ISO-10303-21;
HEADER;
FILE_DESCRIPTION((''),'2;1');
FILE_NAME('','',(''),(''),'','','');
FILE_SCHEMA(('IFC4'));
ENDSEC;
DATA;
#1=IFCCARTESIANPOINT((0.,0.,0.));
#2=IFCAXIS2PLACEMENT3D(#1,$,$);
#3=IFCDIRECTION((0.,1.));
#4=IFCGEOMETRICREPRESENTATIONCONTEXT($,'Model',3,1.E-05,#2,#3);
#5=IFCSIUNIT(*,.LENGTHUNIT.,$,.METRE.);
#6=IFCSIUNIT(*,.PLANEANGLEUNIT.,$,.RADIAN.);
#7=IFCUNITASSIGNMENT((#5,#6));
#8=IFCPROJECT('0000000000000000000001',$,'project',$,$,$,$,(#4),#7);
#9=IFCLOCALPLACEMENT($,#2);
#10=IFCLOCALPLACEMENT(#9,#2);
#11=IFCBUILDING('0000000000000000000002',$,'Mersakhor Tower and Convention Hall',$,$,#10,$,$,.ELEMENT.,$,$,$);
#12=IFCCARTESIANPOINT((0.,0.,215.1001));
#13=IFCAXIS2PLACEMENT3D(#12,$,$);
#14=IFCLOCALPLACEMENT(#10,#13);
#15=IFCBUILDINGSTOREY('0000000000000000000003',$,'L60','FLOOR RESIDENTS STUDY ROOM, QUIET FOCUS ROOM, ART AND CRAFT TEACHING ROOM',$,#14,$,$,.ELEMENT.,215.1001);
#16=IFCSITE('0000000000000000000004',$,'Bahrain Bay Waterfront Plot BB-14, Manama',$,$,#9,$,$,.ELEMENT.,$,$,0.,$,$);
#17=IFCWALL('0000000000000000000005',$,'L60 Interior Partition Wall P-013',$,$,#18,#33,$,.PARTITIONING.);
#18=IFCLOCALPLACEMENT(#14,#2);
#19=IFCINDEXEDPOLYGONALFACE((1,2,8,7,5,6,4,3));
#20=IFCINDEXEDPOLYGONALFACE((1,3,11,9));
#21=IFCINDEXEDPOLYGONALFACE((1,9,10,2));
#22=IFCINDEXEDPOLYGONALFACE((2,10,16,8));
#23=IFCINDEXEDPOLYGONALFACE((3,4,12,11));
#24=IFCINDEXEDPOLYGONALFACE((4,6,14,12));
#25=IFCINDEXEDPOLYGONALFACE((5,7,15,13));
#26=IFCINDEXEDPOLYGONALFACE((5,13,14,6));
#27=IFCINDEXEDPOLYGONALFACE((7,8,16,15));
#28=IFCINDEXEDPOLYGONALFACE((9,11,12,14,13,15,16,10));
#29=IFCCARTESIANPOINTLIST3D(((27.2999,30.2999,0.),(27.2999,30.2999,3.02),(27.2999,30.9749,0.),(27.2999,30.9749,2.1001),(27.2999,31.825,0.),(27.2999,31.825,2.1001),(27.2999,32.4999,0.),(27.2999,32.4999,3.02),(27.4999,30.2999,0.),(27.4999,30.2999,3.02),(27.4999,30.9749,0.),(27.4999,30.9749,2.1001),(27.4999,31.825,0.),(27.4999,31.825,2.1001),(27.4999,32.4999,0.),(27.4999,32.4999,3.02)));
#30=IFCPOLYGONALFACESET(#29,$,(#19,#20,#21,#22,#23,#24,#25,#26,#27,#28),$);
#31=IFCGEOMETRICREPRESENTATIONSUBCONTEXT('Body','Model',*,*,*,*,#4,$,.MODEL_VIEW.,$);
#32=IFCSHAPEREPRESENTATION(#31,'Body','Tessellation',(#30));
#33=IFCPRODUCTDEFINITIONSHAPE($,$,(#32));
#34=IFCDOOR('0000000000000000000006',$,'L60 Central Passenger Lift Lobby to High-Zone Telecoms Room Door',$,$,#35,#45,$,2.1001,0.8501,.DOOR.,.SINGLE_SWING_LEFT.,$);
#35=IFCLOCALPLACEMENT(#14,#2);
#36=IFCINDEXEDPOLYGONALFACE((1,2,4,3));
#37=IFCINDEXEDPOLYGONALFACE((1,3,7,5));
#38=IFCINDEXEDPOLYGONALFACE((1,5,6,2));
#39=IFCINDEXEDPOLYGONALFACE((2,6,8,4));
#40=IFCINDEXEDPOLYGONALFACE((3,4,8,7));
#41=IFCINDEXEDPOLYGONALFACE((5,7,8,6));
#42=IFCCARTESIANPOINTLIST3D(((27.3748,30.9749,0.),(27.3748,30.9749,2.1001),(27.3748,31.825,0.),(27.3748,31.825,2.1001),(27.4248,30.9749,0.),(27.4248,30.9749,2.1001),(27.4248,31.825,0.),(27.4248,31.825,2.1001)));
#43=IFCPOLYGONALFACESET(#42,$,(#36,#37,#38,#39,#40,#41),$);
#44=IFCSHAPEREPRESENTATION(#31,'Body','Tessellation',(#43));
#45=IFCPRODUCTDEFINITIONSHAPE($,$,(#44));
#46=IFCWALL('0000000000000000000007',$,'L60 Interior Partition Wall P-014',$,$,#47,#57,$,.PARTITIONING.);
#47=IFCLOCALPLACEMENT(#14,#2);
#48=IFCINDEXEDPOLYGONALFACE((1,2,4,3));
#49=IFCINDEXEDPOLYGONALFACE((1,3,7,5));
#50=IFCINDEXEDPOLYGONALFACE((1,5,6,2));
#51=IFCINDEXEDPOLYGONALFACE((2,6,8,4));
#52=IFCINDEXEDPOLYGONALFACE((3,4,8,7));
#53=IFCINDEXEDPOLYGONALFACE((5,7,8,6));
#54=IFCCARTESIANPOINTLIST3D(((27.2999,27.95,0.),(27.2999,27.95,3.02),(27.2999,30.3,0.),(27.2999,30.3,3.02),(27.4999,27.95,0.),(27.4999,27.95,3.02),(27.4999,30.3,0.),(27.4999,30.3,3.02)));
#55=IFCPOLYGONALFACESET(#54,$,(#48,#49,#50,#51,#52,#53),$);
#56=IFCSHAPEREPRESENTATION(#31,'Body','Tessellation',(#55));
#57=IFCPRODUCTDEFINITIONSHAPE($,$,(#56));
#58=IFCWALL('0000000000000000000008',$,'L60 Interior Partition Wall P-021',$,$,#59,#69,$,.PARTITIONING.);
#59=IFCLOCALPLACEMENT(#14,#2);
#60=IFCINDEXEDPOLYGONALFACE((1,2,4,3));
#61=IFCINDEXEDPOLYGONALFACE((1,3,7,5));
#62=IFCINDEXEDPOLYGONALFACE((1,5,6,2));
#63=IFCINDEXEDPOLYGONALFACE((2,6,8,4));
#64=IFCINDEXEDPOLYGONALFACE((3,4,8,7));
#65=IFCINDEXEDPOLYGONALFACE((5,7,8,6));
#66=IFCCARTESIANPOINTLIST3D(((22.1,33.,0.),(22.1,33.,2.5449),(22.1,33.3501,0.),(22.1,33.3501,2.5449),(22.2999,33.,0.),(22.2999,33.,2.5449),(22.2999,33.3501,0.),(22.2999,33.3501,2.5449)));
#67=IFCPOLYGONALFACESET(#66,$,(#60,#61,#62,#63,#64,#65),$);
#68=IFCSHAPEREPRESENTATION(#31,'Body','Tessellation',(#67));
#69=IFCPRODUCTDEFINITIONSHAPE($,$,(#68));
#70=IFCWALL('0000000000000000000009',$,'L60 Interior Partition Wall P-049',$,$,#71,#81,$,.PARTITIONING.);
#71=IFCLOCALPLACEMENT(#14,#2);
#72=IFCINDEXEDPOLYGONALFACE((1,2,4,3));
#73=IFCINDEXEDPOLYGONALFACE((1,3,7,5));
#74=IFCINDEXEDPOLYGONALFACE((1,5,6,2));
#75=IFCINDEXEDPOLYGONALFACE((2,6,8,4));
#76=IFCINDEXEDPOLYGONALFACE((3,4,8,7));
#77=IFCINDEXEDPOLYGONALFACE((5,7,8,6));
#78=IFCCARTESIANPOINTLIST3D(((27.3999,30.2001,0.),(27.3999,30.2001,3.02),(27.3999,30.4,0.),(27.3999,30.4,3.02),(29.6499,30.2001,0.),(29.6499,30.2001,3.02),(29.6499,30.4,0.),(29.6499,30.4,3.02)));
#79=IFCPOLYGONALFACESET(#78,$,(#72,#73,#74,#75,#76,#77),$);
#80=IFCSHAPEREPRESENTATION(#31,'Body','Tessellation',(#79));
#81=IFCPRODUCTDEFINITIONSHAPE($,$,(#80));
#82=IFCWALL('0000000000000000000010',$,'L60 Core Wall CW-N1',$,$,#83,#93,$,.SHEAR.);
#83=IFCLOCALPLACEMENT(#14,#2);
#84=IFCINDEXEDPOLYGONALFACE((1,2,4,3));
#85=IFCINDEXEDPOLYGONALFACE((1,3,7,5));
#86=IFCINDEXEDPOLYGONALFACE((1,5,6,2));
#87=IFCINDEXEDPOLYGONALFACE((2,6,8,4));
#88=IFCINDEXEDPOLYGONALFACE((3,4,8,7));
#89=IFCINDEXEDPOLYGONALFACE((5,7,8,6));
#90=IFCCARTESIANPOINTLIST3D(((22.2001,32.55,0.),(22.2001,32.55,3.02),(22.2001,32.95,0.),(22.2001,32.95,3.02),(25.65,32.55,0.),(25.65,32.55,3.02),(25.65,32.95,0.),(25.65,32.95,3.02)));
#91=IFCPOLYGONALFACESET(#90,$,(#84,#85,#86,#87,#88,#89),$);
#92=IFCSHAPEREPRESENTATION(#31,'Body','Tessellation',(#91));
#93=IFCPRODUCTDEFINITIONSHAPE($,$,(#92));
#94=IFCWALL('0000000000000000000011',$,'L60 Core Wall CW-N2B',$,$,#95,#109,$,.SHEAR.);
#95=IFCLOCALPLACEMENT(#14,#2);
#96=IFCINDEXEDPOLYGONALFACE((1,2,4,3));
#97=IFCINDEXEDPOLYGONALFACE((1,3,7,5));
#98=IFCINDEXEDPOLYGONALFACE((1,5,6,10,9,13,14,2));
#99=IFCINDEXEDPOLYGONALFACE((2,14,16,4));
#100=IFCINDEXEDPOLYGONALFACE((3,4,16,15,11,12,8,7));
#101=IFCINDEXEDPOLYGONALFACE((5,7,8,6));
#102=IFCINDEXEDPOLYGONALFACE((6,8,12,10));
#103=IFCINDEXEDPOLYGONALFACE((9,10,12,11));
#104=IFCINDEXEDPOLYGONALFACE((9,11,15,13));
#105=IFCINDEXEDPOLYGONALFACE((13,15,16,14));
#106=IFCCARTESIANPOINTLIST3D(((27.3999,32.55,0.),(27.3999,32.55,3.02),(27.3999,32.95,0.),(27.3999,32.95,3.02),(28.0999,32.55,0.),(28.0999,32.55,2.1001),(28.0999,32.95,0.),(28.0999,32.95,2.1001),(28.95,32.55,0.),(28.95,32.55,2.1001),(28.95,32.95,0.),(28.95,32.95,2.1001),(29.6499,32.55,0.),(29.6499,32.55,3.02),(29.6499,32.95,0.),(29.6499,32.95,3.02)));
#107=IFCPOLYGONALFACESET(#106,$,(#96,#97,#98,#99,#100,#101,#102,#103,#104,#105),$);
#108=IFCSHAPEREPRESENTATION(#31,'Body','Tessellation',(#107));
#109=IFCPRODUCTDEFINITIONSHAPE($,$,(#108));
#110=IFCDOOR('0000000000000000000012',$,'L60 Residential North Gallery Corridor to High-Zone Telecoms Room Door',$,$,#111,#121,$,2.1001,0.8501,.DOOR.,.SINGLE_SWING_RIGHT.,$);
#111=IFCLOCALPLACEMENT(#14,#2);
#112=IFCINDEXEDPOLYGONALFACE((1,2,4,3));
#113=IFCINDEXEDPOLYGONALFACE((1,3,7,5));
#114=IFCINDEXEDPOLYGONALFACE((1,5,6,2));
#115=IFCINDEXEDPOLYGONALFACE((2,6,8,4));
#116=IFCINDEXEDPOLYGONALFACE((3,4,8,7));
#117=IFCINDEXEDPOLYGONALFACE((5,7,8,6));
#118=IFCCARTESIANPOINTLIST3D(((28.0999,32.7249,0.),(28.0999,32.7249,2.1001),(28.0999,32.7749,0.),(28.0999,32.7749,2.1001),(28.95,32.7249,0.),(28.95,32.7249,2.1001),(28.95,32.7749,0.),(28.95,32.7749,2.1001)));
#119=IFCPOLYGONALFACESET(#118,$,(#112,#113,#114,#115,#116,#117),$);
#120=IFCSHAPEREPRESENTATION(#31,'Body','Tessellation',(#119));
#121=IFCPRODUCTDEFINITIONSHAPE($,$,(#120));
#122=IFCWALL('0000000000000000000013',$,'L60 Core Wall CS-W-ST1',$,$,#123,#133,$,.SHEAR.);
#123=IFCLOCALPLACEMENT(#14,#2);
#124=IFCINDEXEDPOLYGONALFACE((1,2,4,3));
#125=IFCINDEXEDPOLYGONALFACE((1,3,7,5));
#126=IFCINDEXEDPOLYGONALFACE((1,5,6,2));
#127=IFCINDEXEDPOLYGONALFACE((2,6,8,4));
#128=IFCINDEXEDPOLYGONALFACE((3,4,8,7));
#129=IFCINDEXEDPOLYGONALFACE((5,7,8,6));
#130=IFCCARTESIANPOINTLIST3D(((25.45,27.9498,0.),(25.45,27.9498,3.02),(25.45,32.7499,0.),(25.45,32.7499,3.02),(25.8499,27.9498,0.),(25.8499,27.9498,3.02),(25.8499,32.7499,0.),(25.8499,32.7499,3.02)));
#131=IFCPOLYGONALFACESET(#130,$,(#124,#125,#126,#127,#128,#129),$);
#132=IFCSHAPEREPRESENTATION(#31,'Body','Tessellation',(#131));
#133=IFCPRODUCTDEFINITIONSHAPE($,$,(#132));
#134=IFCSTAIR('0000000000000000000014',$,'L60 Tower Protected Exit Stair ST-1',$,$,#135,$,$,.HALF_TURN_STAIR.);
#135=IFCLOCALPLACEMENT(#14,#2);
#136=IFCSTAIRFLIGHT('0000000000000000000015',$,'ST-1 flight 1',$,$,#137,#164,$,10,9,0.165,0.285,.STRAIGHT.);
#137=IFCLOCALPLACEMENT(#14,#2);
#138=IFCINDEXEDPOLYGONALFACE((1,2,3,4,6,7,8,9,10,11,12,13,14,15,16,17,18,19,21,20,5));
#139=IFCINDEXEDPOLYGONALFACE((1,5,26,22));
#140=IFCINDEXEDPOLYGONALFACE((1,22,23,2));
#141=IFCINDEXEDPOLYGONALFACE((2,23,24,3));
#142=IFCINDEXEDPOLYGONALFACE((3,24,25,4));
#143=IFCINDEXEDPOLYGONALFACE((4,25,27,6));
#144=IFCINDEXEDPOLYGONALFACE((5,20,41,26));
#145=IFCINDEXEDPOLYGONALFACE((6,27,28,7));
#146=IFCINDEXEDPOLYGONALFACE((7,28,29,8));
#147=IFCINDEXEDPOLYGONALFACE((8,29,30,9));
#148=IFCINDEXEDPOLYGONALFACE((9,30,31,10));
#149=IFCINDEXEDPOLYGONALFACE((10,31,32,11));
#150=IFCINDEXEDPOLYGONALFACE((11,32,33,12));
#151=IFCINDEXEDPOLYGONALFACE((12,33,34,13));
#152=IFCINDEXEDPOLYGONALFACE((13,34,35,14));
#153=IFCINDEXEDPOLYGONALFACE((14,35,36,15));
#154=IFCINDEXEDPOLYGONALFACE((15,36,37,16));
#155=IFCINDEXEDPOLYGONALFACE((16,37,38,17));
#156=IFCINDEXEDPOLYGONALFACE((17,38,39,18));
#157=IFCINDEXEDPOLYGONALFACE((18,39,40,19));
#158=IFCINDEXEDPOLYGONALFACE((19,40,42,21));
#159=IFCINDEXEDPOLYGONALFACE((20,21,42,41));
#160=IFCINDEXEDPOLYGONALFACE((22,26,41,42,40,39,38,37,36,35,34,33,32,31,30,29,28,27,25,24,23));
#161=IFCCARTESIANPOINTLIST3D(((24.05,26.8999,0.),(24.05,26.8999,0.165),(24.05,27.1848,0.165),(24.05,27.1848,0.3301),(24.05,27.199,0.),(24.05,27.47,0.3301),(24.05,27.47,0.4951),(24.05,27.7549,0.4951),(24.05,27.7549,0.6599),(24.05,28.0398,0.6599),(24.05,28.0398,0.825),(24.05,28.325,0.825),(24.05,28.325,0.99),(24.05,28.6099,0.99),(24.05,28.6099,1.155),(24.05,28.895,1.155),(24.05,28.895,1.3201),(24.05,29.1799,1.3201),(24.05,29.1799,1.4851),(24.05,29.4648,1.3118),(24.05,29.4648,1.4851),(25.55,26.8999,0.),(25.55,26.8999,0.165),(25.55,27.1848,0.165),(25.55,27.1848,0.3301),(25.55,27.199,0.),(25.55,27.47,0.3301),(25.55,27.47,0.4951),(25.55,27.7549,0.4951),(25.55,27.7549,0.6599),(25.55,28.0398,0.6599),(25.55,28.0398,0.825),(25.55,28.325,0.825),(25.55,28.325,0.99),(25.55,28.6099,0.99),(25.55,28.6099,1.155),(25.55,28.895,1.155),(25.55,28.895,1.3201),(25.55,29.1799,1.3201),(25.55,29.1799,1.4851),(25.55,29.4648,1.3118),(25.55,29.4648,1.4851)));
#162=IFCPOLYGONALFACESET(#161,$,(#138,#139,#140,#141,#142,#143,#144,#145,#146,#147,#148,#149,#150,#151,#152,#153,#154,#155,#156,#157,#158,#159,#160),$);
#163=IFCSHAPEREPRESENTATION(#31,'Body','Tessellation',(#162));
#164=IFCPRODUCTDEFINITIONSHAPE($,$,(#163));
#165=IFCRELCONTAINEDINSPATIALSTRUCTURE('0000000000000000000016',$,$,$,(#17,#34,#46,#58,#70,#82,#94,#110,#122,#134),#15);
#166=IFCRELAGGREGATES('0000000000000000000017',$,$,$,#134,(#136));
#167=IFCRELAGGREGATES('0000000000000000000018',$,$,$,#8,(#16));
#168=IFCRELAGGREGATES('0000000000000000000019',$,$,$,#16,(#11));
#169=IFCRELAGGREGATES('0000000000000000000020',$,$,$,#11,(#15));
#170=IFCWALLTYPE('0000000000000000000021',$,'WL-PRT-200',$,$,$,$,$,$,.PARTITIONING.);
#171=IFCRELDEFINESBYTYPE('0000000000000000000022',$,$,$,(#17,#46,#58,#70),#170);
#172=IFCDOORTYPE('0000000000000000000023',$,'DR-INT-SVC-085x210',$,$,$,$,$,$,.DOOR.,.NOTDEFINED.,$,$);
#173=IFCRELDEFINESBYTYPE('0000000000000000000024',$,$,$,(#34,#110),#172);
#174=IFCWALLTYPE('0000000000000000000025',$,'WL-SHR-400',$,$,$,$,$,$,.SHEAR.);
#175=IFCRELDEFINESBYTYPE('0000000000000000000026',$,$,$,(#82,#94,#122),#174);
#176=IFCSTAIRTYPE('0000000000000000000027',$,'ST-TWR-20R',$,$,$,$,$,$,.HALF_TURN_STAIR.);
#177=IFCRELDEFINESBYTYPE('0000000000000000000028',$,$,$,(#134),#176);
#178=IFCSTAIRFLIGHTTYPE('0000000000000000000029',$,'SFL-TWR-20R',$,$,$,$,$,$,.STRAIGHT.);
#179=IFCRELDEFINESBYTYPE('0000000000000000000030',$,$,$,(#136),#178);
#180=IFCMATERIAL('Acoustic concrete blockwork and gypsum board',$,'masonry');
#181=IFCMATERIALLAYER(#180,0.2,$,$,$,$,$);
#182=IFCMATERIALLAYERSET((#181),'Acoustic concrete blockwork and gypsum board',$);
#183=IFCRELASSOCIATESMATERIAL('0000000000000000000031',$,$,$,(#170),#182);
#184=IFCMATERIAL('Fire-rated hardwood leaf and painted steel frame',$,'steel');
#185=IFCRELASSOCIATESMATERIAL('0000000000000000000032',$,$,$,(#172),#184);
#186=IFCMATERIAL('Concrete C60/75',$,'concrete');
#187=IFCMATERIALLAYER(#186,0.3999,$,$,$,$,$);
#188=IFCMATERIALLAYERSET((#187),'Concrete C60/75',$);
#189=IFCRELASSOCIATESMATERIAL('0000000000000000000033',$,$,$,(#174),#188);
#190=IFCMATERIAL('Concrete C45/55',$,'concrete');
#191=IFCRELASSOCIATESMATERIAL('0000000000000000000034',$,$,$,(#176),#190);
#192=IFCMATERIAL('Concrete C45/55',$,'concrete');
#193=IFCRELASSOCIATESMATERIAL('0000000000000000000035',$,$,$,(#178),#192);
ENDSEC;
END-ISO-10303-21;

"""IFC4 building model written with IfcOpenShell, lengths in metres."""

from ifc_helpers import new_model, si_unit, direction, frame, frame_2d, origin, place, context, subcontext, project, spatial, polyline, rectangle, outline, extrude, material, layer, layer_set, type_object, element, fill, aggregate, save


model = new_model("IFC4")

# Units and contexts
model_context = context("Model", 3, precision=1e-05, world=origin(), true_north=direction((0.0, 1.0)))
body_context = subcontext(model_context, "Body", "Model", "MODEL_VIEW")
ifc_project = project(units=[si_unit("LENGTHUNIT", "METRE"), si_unit("PLANEANGLEUNIT", "RADIAN")], contexts=[model_context])

# Site, building, storey
site_placement = place(None, origin())
site = spatial("IfcSite", under=ifc_project, at=site_placement, Name="Bahrain Bay Waterfront Plot BB-14, Manama", CompositionType="ELEMENT", RefElevation=0.0)
building_placement = place(site_placement, origin())
building = spatial("IfcBuilding", under=site, at=building_placement, Name="Mersakhor Tower and Convention Hall", CompositionType="ELEMENT")
storey_placement = place(building_placement, frame((0.0, 0.0, 215.1001)))
storey = spatial("IfcBuildingStorey", under=building, at=storey_placement, Name="L60", Description="FLOOR RESIDENTS STUDY ROOM, QUIET FOCUS ROOM, ART AND CRAFT TEACHING ROOM", CompositionType="ELEMENT", Elevation=215.1001)

# Wall, opening, door
ifc_material_1 = material(Name="Acoustic concrete blockwork and gypsum board", Category="masonry")
ifc_layer_1 = layer(ifc_material_1, 0.2)
ifc_layer_set_1 = layer_set([ifc_layer_1], Name="Acoustic concrete blockwork and gypsum board")
wall_type_1 = type_object("IfcWallType", Name="WL-PRT-200", PredefinedType="PARTITIONING", material=ifc_layer_set_1)
wall_1_placement = place(storey_placement, frame((27.3999, 32.5, 0.0), z_axis=(0.0, 0.0, 1.0), x_axis=(0.0, -1.0, 0.0)))
wall_1 = element("IfcWall", 1, at=wall_1_placement, inside=storey, type_object=wall_type_1, Name="L60 Interior Partition Wall P-013", PredefinedType="PARTITIONING", context=body_context, shape_type="SweptSolid", body=[
    extrude(rectangle(XDim=2.2, YDim=0.2, at=frame_2d((1.1001, 0.0))), origin(), (0.0, 0.0, 1.0), 3.02),
])
opening_1_placement = place(wall_1_placement, frame((0.675, 0.0, 0.0)))
opening_1 = element("IfcOpeningElement", 2, at=opening_1_placement, cuts=wall_1, PredefinedType="OPENING", context=body_context, shape_type="SweptSolid", body=[
    extrude(rectangle(XDim=0.8501, YDim=2.1001, at=frame_2d((0.425, 1.05))), frame((0.0, 0.1099, 0.0), z_axis=(0.0, -1.0, 0.0), x_axis=(1.0, 0.0, 0.0)), (0.0, 0.0, 1.0), 0.22),
])
ifc_material_2 = material(Name="Fire-rated hardwood leaf and painted steel frame", Category="steel")
door_type_1 = type_object("IfcDoorType", Name="DR-INT-SVC-085x210", OperationType="NOTDEFINED", PredefinedType="DOOR", material=ifc_material_2)
door_1_placement = place(opening_1_placement, origin())
door_1 = element("IfcDoor", 3, at=door_1_placement, inside=storey, type_object=door_type_1, Name="L60 Central Passenger Lift Lobby to High-Zone Telecoms Room Door", OperationType="SINGLE_SWING_LEFT", OverallHeight=2.1001, OverallWidth=0.8501, PredefinedType="DOOR", context=body_context, shape_type="SweptSolid", body=[
    extrude(rectangle(XDim=0.8501, YDim=2.1001, at=frame_2d((0.425, 1.05))), frame((0.0, 0.0249, 0.0), z_axis=(0.0, -1.0, 0.0), x_axis=(1.0, 0.0, 0.0)), (0.0, 0.0, 1.0), 0.05),
])
fill(opening_1, door_1)

# Wall
wall_2_placement = place(storey_placement, frame((27.3999, 30.3, 0.0), z_axis=(0.0, 0.0, 1.0), x_axis=(0.0, -1.0, 0.0)))
element("IfcWall", 4, at=wall_2_placement, inside=storey, type_object=wall_type_1, Name="L60 Interior Partition Wall P-014", PredefinedType="PARTITIONING", context=body_context, shape_type="SweptSolid", body=[
    extrude(rectangle(XDim=2.3501, YDim=0.2, at=frame_2d((1.175, 0.0))), origin(), (0.0, 0.0, 1.0), 3.02),
])

# Walls
wall_3_placement = place(storey_placement, frame((22.2, 33.0, 0.0), z_axis=(0.0, 0.0, 1.0), x_axis=(0.0, 1.0, 0.0)))
element("IfcWall", 5, at=wall_3_placement, inside=storey, type_object=wall_type_1, Name="L60 Interior Partition Wall P-021", PredefinedType="PARTITIONING", context=body_context, shape_type="SweptSolid", body=[
    extrude(rectangle(XDim=0.3501, YDim=0.2, at=frame_2d((0.175, 0.0))), origin(), (0.0, 0.0, 1.0), 2.5449),
])
wall_4_placement = place(storey_placement, frame((27.3999, 30.3, 0.0), z_axis=(0.0, 0.0, 1.0), x_axis=(1.0, 0.0, 0.0)))
element("IfcWall", 6, at=wall_4_placement, inside=storey, type_object=wall_type_1, Name="L60 Interior Partition Wall P-049", PredefinedType="PARTITIONING", context=body_context, shape_type="SweptSolid", body=[
    extrude(rectangle(XDim=2.25, YDim=0.2, at=frame_2d((1.125, 0.0))), origin(), (0.0, 0.0, 1.0), 3.02),
])
ifc_material_3 = material(Name="Concrete C60/75", Category="concrete")
ifc_layer_2 = layer(ifc_material_3, 0.3999)
ifc_layer_set_2 = layer_set([ifc_layer_2], Name="Concrete C60/75")
wall_type_2 = type_object("IfcWallType", Name="WL-SHR-400", PredefinedType="SHEAR", material=ifc_layer_set_2)
wall_5_placement = place(storey_placement, frame((22.2, 32.75, 0.0), z_axis=(0.0, 0.0, 1.0), x_axis=(1.0, 0.0, 0.0)))
element("IfcWall", 7, at=wall_5_placement, inside=storey, type_object=wall_type_2, Name="L60 Core Wall CW-N1", PredefinedType="SHEAR", context=body_context, shape_type="SweptSolid", body=[
    extrude(rectangle(XDim=3.45, YDim=0.3999, at=frame_2d((1.7251, 0.0))), origin(), (0.0, 0.0, 1.0), 3.02),
])

# Wall, opening, door
wall_6_placement = place(storey_placement, frame((27.3999, 32.75, 0.0), z_axis=(0.0, 0.0, 1.0), x_axis=(1.0, 0.0, 0.0)))
wall_6 = element("IfcWall", 8, at=wall_6_placement, inside=storey, type_object=wall_type_2, Name="L60 Core Wall CW-N2B", PredefinedType="SHEAR", context=body_context, shape_type="SweptSolid", body=[
    extrude(rectangle(XDim=2.25, YDim=0.3999, at=frame_2d((1.125, 0.0))), origin(), (0.0, 0.0, 1.0), 3.02),
])
opening_2_placement = place(wall_6_placement, frame((0.7, 0.0, 0.0)))
opening_2 = element("IfcOpeningElement", 9, at=opening_2_placement, cuts=wall_6, PredefinedType="OPENING", context=body_context, shape_type="SweptSolid", body=[
    extrude(rectangle(XDim=0.8501, YDim=2.1001, at=frame_2d((0.425, 1.05))), frame((0.0, 0.21, 0.0), z_axis=(0.0, -1.0, 0.0), x_axis=(1.0, 0.0, 0.0)), (0.0, 0.0, 1.0), 0.4199),
])
door_2_placement = place(opening_2_placement, origin())
door_2 = element("IfcDoor", 10, at=door_2_placement, inside=storey, type_object=door_type_1, Name="L60 Residential North Gallery Corridor to High-Zone Telecoms Room Door", OperationType="SINGLE_SWING_RIGHT", OverallHeight=2.1001, OverallWidth=0.8501, PredefinedType="DOOR", context=body_context, shape_type="SweptSolid", body=[
    extrude(rectangle(XDim=0.8501, YDim=2.1001, at=frame_2d((0.425, 1.05))), frame((0.0, 0.0249, 0.0), z_axis=(0.0, -1.0, 0.0), x_axis=(1.0, 0.0, 0.0)), (0.0, 0.0, 1.0), 0.05),
])
fill(opening_2, door_2)

# Wall
wall_7_placement = place(storey_placement, frame((25.6499, 27.95, 0.0), z_axis=(0.0, 0.0, 1.0), x_axis=(0.0, 1.0, 0.0)))
element("IfcWall", 11, at=wall_7_placement, inside=storey, type_object=wall_type_2, Name="L60 Core Wall CS-W-ST1", PredefinedType="SHEAR", context=body_context, shape_type="SweptSolid", body=[
    extrude(rectangle(XDim=4.8, YDim=0.3999, at=frame_2d((2.3999, 0.0))), origin(), (0.0, 0.0, 1.0), 3.02),
])

# Stair, stair flight
ifc_material_4 = material(Name="Concrete C45/55", Category="concrete")
stair_type = type_object("IfcStairType", Name="ST-TWR-20R", PredefinedType="HALF_TURN_STAIR", material=ifc_material_4)
stair_placement = place(storey_placement, origin())
stair = element("IfcStair", 12, at=stair_placement, inside=storey, type_object=stair_type, Name="L60 Tower Protected Exit Stair ST-1", PredefinedType="HALF_TURN_STAIR")
ifc_material_5 = material(Name="Concrete C45/55", Category="concrete")
stair_flight_type = type_object("IfcStairFlightType", Name="SFL-TWR-20R", PredefinedType="STRAIGHT", material=ifc_material_5)
stair_flight_1_placement = place(storey_placement, frame((24.8, 26.8999, 0.0), z_axis=(0.0, 0.0, 1.0), x_axis=(0.0, 1.0, 0.0)))
stair_flight_1 = element("IfcStairFlight", 13, at=stair_flight_1_placement, type_object=stair_flight_type, Name="ST-1 flight 1", NumberOfRisers=10, NumberOfTreads=9, PredefinedType="STRAIGHT", RiserHeight=0.165, TreadLength=0.285, context=body_context, shape_type="SweptSolid", body=[
    extrude(outline(polyline([(0.0, 0.0), (0.0, 0.165), (0.2849, 0.165), (0.2849, 0.3301), (0.5701, 0.3301), (0.5701, 0.4951), (0.855, 0.4951), (0.855, 0.6599), (1.1399, 0.6599), (1.1399, 0.825), (1.425, 0.825), (1.425, 0.99), (1.71, 0.99), (1.71, 1.155), (1.9951, 1.155), (1.9951, 1.3201), (2.28, 1.3201), (2.28, 1.4851), (2.5649, 1.4851), (2.5649, 1.6499), (2.5649, 1.3118), (0.2991, 0.0), (0.0, 0.0)])), frame((0.0, 0.75, 0.0), z_axis=(0.0, -1.0, 0.0), x_axis=(1.0, 0.0, 0.0)), (0.0, 0.0, 1.0), 1.5),
])
aggregate(stair, [stair_flight_1])

save(model, "model.ifc")
